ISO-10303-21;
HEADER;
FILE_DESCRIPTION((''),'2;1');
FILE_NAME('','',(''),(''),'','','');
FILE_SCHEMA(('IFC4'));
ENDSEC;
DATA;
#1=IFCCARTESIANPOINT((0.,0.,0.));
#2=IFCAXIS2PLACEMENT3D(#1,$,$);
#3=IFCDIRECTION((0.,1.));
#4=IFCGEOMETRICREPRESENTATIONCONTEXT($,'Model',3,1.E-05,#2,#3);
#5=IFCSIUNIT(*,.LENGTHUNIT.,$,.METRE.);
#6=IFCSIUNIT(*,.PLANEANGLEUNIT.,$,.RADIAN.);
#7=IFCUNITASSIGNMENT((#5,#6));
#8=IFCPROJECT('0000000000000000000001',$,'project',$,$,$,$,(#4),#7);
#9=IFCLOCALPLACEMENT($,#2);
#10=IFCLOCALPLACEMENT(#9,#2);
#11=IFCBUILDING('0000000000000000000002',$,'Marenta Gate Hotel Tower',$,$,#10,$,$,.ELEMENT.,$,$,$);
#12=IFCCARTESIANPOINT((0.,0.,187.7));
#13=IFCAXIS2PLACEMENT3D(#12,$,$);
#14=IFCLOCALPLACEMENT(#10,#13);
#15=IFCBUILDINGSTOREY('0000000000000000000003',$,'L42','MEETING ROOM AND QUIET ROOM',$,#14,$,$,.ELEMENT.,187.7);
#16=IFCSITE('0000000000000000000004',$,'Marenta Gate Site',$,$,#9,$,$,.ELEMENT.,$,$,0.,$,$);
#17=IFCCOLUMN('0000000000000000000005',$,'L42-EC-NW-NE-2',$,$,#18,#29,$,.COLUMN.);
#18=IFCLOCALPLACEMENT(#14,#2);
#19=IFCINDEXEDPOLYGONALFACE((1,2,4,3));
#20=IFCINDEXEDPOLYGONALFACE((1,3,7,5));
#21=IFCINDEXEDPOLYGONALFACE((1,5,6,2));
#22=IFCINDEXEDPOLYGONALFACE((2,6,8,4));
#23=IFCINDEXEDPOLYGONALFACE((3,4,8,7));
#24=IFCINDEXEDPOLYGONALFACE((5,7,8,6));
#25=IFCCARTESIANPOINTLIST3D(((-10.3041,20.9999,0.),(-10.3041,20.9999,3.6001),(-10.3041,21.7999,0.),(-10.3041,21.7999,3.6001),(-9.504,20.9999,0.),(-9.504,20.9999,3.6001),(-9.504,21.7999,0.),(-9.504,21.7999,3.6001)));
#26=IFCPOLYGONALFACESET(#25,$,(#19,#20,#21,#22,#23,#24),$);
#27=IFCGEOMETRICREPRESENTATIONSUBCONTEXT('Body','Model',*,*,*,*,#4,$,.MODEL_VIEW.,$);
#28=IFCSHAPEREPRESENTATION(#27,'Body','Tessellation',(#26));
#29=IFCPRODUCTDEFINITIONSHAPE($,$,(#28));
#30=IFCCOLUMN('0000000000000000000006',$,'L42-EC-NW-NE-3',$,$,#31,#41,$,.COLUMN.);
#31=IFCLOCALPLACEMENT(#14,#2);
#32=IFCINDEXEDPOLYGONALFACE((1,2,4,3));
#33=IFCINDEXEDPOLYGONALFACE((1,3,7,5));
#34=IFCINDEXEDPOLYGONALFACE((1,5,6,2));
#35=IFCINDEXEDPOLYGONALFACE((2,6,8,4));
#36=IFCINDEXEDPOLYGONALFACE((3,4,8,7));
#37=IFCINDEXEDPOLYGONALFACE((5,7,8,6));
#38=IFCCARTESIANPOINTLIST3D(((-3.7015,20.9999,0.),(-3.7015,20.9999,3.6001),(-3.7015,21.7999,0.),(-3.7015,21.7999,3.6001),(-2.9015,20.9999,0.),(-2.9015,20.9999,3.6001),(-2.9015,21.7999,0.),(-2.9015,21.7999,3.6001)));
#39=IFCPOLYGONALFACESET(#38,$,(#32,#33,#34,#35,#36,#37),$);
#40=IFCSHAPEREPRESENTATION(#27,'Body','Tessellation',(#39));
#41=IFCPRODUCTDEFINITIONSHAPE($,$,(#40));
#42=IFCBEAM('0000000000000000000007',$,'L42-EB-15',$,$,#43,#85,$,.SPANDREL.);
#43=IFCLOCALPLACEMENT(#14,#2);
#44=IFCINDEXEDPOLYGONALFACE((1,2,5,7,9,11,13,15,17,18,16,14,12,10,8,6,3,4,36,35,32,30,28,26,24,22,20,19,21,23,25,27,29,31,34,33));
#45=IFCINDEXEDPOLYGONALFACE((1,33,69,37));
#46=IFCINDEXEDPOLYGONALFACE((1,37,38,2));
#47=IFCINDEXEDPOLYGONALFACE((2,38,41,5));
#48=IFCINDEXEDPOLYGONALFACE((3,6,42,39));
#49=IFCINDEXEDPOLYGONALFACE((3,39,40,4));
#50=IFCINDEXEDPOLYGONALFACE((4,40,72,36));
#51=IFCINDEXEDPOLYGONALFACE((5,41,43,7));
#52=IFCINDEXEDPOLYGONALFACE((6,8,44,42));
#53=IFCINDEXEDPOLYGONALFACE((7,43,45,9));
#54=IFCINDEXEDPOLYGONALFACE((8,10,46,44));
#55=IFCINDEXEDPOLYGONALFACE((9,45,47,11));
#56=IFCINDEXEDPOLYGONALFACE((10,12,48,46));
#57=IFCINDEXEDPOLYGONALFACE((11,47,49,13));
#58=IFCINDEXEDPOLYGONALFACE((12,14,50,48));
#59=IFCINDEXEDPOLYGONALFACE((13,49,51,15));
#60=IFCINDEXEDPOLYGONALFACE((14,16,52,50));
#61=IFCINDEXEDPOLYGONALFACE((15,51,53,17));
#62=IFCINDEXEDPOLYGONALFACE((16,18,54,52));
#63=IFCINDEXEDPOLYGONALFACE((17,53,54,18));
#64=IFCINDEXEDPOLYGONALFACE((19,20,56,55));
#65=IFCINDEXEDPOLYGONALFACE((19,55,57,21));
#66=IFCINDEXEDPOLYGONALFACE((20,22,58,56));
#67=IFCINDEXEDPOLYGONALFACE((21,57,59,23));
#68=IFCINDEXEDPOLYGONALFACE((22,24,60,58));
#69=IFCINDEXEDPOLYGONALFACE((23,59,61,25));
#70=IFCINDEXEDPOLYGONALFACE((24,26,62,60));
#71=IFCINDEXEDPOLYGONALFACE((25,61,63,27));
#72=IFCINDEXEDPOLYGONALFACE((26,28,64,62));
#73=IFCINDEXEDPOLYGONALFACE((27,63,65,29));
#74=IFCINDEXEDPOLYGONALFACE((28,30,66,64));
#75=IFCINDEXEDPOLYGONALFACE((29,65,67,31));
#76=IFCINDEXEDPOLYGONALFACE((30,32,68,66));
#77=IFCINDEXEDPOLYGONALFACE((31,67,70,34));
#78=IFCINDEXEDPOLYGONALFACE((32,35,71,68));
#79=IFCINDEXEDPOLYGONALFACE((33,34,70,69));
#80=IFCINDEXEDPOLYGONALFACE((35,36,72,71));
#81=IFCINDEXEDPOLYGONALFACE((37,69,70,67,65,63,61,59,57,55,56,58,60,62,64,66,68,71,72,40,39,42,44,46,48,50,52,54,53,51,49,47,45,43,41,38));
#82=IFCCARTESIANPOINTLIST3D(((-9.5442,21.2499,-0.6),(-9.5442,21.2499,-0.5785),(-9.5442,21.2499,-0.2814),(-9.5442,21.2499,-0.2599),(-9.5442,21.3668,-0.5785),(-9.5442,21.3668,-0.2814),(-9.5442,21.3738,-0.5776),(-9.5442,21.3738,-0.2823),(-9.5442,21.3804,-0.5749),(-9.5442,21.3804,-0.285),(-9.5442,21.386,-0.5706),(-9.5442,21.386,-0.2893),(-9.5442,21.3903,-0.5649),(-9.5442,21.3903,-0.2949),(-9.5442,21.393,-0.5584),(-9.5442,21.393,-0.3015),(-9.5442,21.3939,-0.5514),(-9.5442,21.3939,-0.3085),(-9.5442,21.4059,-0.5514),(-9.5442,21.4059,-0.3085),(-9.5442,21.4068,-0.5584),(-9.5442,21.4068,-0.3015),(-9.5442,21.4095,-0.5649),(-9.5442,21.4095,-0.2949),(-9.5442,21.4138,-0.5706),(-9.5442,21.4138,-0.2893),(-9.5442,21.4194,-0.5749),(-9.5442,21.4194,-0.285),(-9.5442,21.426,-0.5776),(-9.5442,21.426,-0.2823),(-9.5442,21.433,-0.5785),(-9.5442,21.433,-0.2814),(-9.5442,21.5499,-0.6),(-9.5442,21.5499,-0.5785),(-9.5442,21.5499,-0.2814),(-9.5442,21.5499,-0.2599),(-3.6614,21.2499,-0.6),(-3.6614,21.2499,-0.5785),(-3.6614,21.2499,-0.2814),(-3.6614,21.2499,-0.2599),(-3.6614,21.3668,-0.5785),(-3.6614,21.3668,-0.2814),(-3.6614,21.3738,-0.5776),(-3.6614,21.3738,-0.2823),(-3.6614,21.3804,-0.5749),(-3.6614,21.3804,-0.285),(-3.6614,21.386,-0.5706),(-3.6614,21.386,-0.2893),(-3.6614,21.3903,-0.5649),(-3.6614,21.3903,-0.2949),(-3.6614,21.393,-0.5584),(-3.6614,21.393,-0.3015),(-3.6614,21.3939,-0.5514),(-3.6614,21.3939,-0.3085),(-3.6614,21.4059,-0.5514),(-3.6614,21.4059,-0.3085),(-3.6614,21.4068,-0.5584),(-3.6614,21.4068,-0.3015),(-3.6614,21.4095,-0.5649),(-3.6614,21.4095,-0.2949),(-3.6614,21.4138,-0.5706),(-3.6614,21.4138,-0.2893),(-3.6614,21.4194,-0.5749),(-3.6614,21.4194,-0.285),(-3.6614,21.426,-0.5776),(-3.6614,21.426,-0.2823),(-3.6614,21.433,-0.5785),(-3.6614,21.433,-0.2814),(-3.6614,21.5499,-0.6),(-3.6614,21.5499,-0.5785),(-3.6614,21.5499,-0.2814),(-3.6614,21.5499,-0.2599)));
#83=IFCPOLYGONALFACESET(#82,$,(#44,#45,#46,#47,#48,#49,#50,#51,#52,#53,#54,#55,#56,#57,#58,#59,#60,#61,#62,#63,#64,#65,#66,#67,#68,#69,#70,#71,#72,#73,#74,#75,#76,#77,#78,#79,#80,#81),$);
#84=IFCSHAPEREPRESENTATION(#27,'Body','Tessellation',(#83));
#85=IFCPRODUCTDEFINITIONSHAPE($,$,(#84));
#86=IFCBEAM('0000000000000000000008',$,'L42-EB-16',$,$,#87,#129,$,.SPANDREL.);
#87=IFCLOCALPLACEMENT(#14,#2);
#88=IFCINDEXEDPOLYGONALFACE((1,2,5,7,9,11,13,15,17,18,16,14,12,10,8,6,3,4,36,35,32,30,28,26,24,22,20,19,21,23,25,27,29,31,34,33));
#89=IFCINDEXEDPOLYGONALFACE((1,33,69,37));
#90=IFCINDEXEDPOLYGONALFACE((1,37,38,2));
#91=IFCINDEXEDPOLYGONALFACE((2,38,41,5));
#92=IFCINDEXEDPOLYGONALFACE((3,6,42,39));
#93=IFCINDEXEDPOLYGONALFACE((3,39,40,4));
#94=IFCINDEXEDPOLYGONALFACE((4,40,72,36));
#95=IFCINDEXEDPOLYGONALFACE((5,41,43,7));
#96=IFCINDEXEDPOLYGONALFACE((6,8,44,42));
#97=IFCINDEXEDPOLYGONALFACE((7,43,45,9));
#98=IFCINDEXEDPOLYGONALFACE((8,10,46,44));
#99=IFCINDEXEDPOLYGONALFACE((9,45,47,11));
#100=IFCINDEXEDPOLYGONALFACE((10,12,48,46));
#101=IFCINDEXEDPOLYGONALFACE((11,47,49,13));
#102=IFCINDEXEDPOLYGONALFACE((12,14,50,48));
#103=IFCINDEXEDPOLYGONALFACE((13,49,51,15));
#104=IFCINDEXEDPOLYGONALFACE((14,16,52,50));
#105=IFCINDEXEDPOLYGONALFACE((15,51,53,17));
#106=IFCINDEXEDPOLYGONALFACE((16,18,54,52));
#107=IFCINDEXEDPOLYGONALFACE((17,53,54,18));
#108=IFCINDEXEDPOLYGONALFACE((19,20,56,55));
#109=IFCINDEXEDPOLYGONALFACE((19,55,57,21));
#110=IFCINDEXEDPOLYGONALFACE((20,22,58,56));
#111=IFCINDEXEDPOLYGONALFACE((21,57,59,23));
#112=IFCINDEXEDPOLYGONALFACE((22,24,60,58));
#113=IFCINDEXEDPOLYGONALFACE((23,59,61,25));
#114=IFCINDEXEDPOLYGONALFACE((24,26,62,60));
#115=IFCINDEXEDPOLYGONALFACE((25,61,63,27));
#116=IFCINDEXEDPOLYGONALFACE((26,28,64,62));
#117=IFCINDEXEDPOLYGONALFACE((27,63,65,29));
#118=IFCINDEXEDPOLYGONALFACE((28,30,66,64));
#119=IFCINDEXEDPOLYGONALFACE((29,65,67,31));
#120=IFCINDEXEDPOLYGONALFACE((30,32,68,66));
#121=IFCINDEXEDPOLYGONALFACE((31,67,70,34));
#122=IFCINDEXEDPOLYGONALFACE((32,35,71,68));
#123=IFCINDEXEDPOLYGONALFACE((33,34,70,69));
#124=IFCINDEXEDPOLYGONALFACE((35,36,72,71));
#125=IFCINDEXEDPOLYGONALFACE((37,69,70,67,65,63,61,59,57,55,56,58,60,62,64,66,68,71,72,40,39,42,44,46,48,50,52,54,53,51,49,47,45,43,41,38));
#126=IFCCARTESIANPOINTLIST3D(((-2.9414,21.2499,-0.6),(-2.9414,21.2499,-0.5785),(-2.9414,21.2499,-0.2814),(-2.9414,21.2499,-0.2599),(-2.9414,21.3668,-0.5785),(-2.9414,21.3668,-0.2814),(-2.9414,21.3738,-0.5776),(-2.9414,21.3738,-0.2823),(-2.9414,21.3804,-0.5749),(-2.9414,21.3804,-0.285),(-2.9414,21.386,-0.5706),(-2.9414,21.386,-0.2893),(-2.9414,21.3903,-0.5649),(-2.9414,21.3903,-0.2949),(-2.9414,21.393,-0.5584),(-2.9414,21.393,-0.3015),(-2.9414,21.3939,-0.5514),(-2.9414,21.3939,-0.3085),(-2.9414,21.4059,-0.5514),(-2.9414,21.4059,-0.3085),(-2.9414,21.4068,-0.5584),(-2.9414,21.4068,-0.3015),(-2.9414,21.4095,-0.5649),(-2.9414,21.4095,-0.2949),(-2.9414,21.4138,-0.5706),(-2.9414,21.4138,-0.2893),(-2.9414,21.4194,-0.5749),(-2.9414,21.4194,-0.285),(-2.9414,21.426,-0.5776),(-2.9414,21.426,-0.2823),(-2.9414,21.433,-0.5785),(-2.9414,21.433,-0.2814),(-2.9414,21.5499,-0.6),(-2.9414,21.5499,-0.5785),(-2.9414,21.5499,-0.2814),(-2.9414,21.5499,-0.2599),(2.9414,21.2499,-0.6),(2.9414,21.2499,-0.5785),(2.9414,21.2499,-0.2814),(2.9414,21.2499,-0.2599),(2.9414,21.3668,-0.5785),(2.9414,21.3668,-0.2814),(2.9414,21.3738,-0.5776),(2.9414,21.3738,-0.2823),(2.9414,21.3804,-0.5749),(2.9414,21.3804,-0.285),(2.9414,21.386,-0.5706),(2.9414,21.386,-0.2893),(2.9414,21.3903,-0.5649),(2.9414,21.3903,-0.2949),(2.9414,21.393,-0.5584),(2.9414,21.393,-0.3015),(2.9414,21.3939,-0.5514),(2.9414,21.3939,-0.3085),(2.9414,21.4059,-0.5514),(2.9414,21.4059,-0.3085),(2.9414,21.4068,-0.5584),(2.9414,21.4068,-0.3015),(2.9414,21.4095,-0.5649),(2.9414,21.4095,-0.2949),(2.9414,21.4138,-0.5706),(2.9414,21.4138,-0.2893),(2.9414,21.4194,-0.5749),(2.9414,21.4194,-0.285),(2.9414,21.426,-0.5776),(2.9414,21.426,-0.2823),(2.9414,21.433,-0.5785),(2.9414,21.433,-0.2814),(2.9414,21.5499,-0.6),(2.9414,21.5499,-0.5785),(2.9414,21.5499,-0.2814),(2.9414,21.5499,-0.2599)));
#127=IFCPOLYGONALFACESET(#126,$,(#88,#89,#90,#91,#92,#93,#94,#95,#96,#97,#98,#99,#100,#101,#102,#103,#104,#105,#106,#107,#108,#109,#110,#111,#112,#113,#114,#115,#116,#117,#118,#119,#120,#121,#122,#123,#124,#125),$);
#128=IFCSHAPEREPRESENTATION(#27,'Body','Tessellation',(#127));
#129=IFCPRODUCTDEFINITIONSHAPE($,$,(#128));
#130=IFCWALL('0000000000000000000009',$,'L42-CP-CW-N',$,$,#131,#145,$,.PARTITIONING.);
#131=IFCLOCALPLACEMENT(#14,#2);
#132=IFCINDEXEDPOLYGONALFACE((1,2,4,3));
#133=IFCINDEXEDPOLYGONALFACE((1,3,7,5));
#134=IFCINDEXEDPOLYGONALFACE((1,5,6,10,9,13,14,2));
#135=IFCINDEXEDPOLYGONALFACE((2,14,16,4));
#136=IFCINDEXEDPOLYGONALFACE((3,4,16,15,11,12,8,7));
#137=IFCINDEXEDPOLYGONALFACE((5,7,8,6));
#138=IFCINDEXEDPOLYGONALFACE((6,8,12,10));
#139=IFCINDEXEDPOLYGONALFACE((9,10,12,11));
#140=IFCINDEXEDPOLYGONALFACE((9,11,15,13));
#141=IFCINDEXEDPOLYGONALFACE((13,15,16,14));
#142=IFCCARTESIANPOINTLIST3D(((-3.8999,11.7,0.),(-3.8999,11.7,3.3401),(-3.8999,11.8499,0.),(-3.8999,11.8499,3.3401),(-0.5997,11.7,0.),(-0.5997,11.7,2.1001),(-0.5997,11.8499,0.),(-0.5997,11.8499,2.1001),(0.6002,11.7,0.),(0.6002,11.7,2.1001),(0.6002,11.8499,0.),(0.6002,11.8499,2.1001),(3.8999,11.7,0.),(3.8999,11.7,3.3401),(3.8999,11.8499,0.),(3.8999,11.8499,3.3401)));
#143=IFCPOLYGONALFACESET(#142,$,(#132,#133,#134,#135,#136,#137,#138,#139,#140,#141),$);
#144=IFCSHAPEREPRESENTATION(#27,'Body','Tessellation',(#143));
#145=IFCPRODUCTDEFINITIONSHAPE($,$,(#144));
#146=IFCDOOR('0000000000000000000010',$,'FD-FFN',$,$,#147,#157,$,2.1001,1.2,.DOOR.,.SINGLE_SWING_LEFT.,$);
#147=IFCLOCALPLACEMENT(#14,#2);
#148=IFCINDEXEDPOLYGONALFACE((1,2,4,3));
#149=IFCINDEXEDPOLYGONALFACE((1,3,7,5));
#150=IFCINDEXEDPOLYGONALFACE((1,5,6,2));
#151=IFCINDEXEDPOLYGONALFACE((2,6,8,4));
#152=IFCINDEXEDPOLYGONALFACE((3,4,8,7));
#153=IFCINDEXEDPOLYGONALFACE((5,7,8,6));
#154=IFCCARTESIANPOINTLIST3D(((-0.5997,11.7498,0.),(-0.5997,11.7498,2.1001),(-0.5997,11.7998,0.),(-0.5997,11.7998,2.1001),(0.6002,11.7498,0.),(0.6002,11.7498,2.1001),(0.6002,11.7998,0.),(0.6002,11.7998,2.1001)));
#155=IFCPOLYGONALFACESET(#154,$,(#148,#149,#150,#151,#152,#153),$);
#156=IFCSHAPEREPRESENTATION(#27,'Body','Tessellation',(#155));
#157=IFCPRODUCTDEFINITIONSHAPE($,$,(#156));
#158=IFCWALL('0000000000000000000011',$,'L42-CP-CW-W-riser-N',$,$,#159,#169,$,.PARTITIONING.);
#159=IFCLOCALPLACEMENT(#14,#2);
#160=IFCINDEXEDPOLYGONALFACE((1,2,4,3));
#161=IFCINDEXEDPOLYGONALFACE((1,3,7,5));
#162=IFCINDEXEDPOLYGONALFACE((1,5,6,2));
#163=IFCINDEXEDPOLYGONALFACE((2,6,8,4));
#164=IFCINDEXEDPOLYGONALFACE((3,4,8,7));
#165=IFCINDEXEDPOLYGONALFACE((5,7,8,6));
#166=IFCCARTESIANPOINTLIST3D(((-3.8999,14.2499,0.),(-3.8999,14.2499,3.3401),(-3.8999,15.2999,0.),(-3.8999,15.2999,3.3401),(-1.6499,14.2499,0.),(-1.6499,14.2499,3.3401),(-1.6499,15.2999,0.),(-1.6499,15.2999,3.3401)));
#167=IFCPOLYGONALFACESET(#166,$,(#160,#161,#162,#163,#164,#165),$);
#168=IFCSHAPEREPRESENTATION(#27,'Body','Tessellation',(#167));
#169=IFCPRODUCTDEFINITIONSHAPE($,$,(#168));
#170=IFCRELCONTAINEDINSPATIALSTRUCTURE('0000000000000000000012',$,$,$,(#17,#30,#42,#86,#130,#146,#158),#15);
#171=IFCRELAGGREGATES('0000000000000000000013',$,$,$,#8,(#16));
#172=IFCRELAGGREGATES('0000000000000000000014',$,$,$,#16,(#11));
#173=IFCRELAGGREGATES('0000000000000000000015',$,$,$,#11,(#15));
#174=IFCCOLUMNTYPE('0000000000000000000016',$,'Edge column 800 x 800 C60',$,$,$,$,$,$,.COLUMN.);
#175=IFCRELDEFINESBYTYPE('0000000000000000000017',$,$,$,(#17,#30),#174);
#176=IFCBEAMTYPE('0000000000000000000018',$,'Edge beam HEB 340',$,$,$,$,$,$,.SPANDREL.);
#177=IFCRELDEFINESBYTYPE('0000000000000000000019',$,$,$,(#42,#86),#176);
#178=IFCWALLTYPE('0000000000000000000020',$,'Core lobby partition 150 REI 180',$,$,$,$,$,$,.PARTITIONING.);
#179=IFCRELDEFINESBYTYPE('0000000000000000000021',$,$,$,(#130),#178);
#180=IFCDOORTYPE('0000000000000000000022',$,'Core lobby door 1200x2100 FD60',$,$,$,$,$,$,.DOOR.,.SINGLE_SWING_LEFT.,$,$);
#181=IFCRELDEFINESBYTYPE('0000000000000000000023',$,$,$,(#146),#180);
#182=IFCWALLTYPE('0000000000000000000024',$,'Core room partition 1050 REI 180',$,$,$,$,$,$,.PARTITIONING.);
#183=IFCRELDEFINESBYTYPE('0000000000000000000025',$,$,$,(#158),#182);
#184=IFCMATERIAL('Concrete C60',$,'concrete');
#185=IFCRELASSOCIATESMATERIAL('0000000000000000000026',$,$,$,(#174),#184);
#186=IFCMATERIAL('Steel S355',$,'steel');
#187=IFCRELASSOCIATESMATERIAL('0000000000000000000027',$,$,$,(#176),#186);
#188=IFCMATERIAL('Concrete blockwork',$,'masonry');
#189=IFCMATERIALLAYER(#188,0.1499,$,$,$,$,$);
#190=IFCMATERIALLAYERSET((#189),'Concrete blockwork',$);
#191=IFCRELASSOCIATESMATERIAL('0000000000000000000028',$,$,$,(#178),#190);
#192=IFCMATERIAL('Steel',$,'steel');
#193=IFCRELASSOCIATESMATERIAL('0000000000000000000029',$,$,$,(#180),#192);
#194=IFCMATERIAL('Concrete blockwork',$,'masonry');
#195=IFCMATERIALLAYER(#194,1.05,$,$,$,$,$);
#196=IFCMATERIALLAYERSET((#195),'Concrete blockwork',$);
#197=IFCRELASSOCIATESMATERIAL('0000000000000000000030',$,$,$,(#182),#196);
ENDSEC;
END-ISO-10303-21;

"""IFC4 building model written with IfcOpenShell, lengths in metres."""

from ifc_helpers import new_model, si_unit, direction, frame, frame_2d, origin, origin_2d, place, context, subcontext, project, spatial, rectangle, i_section, extrude, material, layer, layer_set, material_profile, profile_set, type_object, element, fill, save


model = new_model("IFC4")

# Units and contexts
model_context = context("Model", 3, precision=1e-05, world=origin(), true_north=direction((0.0, 1.0)))
body_context = subcontext(model_context, "Body", "Model", "MODEL_VIEW")
ifc_project = project(units=[si_unit("LENGTHUNIT", "METRE"), si_unit("PLANEANGLEUNIT", "RADIAN")], contexts=[model_context])

# Site, building, storey
site_placement = place(None, origin())
site = spatial("IfcSite", under=ifc_project, at=site_placement, Name="Marenta Gate Site", CompositionType="ELEMENT", RefElevation=0.0)
building_placement = place(site_placement, origin())
building = spatial("IfcBuilding", under=site, at=building_placement, Name="Marenta Gate Hotel Tower", CompositionType="ELEMENT")
storey_placement = place(building_placement, frame((0.0, 0.0, 187.7)))
storey = spatial("IfcBuildingStorey", under=building, at=storey_placement, Name="L42", Description="MEETING ROOM AND QUIET ROOM", CompositionType="ELEMENT", Elevation=187.7)

# Columns
ifc_material_1 = material(Name="Concrete C60", Category="concrete")
ifc_material_profile_1 = material_profile(ifc_material_1, rectangle(XDim=0.8, YDim=0.8, at=origin_2d()), Name="800 x 800")
ifc_profile_set_1 = profile_set([ifc_material_profile_1], Name="Concrete C60")
column_type = type_object("IfcColumnType", Name="Edge column 800 x 800 C60", PredefinedType="COLUMN", material=ifc_profile_set_1)
for number, where, z_axis, x_axis, name in (
    (1, (-9.9041, 21.3999, 0.0), (0.0, 0.0, 1.0), (1.0, 0.0, 0.0), "L42-EC-NW-NE-2"),
    (2, (-3.3015, 21.3999, 0.0), (0.0, 0.0, 1.0), (1.0, 0.0, 0.0), "L42-EC-NW-NE-3"),
):
    element("IfcColumn", number, at=place(storey_placement, frame(where, z_axis=z_axis, x_axis=x_axis)), inside=storey, type_object=column_type, Name=name, PredefinedType="COLUMN", context=body_context, shape_type="SweptSolid", body=[
        extrude(rectangle(XDim=0.8, YDim=0.8, at=origin_2d()), origin(), (0.0, 0.0, 1.0), 3.6001),
    ])

# Beams
ifc_material_2 = material(Name="Steel S355", Category="steel")
ifc_material_profile_2 = material_profile(ifc_material_2, i_section(OverallWidth=0.3, OverallDepth=0.3401, WebThickness=0.012, FlangeThickness=0.0215, FilletRadius=0.0271, at=origin_2d()), Name="HEB 340")
ifc_profile_set_2 = profile_set([ifc_material_profile_2], Name="Steel S355")
beam_type = type_object("IfcBeamType", Name="Edge beam HEB 340", PredefinedType="SPANDREL", material=ifc_profile_set_2)
for number, where, z_axis, x_axis, name in (
    (3, (-9.5442, 21.3999, -0.4299), (1.0, 0.0, 0.0), (0.0, 1.0, 0.0), "L42-EB-15"),
    (4, (-2.9414, 21.3999, -0.4299), (1.0, 0.0, 0.0), (0.0, 1.0, 0.0), "L42-EB-16"),
):
    element("IfcBeam", number, at=place(storey_placement, frame(where, z_axis=z_axis, x_axis=x_axis)), inside=storey, type_object=beam_type, Name=name, PredefinedType="SPANDREL", context=body_context, shape_type="SweptSolid", body=[
        extrude(i_section(OverallWidth=0.3, OverallDepth=0.3401, WebThickness=0.012, FlangeThickness=0.0215, FilletRadius=0.0271, at=origin_2d()), origin(), (0.0, 0.0, 1.0), 5.8828),
    ])

# Wall, opening, door
ifc_material_3 = material(Name="Concrete blockwork", Category="masonry")
ifc_layer_1 = layer(ifc_material_3, 0.1499)
ifc_layer_set_1 = layer_set([ifc_layer_1], Name="Concrete blockwork")
wall_type_1 = type_object("IfcWallType", Name="Core lobby partition 150 REI 180", PredefinedType="PARTITIONING", material=ifc_layer_set_1)
wall_1_placement = place(storey_placement, frame((-3.8999, 11.7749, 0.0), z_axis=(0.0, 0.0, 1.0), x_axis=(1.0, 0.0, 0.0)))
wall_1 = element("IfcWall", 5, at=wall_1_placement, inside=storey, type_object=wall_type_1, Name="L42-CP-CW-N", PredefinedType="PARTITIONING", context=body_context, shape_type="SweptSolid", body=[
    extrude(rectangle(XDim=7.7998, YDim=0.1499, at=frame_2d((3.8999, 0.0))), origin(), (0.0, 0.0, 1.0), 3.3401),
])
opening_1_placement = place(wall_1_placement, frame((3.3, 0.0, 0.0)))
opening_1 = element("IfcOpeningElement", 6, at=opening_1_placement, cuts=wall_1, PredefinedType="OPENING", context=body_context, shape_type="SweptSolid", body=[
    extrude(rectangle(XDim=1.2, YDim=2.1001, at=frame_2d((0.6001, 1.05))), frame((0.0, 0.075, 0.0), z_axis=(0.0, -1.0, 0.0), x_axis=(1.0, 0.0, 0.0)), (0.0, 0.0, 1.0), 0.1499),
])
ifc_material_4 = material(Name="Steel", Category="steel")
door_type_1 = type_object("IfcDoorType", Name="Core lobby door 1200x2100 FD60", OperationType="SINGLE_SWING_LEFT", PredefinedType="DOOR", material=ifc_material_4)
door_1_placement = place(opening_1_placement, origin())
door_1 = element("IfcDoor", 7, at=door_1_placement, inside=storey, type_object=door_type_1, Name="FD-FFN", OperationType="SINGLE_SWING_LEFT", OverallHeight=2.1001, OverallWidth=1.2, PredefinedType="DOOR", context=body_context, shape_type="SweptSolid", body=[
    extrude(rectangle(XDim=1.2, YDim=2.1001, at=frame_2d((0.6001, 1.05))), frame((0.0, 0.0249, 0.0), z_axis=(0.0, -1.0, 0.0), x_axis=(1.0, 0.0, 0.0)), (0.0, 0.0, 1.0), 0.05),
])
fill(opening_1, door_1)

# Wall
ifc_material_5 = material(Name="Concrete blockwork", Category="masonry")
ifc_layer_2 = layer(ifc_material_5, 1.05)
ifc_layer_set_2 = layer_set([ifc_layer_2], Name="Concrete blockwork")
wall_type_2 = type_object("IfcWallType", Name="Core room partition 1050 REI 180", PredefinedType="PARTITIONING", material=ifc_layer_set_2)
wall_2_placement = place(storey_placement, frame((-3.8999, 14.7749, 0.0), z_axis=(0.0, 0.0, 1.0), x_axis=(1.0, 0.0, 0.0)))
element("IfcWall", 8, at=wall_2_placement, inside=storey, type_object=wall_type_2, Name="L42-CP-CW-W-riser-N", PredefinedType="PARTITIONING", context=body_context, shape_type="SweptSolid", body=[
    extrude(rectangle(XDim=2.25, YDim=1.05, at=frame_2d((1.125, 0.0))), origin(), (0.0, 0.0, 1.0), 3.3401),
])

save(model, "model.ifc")
